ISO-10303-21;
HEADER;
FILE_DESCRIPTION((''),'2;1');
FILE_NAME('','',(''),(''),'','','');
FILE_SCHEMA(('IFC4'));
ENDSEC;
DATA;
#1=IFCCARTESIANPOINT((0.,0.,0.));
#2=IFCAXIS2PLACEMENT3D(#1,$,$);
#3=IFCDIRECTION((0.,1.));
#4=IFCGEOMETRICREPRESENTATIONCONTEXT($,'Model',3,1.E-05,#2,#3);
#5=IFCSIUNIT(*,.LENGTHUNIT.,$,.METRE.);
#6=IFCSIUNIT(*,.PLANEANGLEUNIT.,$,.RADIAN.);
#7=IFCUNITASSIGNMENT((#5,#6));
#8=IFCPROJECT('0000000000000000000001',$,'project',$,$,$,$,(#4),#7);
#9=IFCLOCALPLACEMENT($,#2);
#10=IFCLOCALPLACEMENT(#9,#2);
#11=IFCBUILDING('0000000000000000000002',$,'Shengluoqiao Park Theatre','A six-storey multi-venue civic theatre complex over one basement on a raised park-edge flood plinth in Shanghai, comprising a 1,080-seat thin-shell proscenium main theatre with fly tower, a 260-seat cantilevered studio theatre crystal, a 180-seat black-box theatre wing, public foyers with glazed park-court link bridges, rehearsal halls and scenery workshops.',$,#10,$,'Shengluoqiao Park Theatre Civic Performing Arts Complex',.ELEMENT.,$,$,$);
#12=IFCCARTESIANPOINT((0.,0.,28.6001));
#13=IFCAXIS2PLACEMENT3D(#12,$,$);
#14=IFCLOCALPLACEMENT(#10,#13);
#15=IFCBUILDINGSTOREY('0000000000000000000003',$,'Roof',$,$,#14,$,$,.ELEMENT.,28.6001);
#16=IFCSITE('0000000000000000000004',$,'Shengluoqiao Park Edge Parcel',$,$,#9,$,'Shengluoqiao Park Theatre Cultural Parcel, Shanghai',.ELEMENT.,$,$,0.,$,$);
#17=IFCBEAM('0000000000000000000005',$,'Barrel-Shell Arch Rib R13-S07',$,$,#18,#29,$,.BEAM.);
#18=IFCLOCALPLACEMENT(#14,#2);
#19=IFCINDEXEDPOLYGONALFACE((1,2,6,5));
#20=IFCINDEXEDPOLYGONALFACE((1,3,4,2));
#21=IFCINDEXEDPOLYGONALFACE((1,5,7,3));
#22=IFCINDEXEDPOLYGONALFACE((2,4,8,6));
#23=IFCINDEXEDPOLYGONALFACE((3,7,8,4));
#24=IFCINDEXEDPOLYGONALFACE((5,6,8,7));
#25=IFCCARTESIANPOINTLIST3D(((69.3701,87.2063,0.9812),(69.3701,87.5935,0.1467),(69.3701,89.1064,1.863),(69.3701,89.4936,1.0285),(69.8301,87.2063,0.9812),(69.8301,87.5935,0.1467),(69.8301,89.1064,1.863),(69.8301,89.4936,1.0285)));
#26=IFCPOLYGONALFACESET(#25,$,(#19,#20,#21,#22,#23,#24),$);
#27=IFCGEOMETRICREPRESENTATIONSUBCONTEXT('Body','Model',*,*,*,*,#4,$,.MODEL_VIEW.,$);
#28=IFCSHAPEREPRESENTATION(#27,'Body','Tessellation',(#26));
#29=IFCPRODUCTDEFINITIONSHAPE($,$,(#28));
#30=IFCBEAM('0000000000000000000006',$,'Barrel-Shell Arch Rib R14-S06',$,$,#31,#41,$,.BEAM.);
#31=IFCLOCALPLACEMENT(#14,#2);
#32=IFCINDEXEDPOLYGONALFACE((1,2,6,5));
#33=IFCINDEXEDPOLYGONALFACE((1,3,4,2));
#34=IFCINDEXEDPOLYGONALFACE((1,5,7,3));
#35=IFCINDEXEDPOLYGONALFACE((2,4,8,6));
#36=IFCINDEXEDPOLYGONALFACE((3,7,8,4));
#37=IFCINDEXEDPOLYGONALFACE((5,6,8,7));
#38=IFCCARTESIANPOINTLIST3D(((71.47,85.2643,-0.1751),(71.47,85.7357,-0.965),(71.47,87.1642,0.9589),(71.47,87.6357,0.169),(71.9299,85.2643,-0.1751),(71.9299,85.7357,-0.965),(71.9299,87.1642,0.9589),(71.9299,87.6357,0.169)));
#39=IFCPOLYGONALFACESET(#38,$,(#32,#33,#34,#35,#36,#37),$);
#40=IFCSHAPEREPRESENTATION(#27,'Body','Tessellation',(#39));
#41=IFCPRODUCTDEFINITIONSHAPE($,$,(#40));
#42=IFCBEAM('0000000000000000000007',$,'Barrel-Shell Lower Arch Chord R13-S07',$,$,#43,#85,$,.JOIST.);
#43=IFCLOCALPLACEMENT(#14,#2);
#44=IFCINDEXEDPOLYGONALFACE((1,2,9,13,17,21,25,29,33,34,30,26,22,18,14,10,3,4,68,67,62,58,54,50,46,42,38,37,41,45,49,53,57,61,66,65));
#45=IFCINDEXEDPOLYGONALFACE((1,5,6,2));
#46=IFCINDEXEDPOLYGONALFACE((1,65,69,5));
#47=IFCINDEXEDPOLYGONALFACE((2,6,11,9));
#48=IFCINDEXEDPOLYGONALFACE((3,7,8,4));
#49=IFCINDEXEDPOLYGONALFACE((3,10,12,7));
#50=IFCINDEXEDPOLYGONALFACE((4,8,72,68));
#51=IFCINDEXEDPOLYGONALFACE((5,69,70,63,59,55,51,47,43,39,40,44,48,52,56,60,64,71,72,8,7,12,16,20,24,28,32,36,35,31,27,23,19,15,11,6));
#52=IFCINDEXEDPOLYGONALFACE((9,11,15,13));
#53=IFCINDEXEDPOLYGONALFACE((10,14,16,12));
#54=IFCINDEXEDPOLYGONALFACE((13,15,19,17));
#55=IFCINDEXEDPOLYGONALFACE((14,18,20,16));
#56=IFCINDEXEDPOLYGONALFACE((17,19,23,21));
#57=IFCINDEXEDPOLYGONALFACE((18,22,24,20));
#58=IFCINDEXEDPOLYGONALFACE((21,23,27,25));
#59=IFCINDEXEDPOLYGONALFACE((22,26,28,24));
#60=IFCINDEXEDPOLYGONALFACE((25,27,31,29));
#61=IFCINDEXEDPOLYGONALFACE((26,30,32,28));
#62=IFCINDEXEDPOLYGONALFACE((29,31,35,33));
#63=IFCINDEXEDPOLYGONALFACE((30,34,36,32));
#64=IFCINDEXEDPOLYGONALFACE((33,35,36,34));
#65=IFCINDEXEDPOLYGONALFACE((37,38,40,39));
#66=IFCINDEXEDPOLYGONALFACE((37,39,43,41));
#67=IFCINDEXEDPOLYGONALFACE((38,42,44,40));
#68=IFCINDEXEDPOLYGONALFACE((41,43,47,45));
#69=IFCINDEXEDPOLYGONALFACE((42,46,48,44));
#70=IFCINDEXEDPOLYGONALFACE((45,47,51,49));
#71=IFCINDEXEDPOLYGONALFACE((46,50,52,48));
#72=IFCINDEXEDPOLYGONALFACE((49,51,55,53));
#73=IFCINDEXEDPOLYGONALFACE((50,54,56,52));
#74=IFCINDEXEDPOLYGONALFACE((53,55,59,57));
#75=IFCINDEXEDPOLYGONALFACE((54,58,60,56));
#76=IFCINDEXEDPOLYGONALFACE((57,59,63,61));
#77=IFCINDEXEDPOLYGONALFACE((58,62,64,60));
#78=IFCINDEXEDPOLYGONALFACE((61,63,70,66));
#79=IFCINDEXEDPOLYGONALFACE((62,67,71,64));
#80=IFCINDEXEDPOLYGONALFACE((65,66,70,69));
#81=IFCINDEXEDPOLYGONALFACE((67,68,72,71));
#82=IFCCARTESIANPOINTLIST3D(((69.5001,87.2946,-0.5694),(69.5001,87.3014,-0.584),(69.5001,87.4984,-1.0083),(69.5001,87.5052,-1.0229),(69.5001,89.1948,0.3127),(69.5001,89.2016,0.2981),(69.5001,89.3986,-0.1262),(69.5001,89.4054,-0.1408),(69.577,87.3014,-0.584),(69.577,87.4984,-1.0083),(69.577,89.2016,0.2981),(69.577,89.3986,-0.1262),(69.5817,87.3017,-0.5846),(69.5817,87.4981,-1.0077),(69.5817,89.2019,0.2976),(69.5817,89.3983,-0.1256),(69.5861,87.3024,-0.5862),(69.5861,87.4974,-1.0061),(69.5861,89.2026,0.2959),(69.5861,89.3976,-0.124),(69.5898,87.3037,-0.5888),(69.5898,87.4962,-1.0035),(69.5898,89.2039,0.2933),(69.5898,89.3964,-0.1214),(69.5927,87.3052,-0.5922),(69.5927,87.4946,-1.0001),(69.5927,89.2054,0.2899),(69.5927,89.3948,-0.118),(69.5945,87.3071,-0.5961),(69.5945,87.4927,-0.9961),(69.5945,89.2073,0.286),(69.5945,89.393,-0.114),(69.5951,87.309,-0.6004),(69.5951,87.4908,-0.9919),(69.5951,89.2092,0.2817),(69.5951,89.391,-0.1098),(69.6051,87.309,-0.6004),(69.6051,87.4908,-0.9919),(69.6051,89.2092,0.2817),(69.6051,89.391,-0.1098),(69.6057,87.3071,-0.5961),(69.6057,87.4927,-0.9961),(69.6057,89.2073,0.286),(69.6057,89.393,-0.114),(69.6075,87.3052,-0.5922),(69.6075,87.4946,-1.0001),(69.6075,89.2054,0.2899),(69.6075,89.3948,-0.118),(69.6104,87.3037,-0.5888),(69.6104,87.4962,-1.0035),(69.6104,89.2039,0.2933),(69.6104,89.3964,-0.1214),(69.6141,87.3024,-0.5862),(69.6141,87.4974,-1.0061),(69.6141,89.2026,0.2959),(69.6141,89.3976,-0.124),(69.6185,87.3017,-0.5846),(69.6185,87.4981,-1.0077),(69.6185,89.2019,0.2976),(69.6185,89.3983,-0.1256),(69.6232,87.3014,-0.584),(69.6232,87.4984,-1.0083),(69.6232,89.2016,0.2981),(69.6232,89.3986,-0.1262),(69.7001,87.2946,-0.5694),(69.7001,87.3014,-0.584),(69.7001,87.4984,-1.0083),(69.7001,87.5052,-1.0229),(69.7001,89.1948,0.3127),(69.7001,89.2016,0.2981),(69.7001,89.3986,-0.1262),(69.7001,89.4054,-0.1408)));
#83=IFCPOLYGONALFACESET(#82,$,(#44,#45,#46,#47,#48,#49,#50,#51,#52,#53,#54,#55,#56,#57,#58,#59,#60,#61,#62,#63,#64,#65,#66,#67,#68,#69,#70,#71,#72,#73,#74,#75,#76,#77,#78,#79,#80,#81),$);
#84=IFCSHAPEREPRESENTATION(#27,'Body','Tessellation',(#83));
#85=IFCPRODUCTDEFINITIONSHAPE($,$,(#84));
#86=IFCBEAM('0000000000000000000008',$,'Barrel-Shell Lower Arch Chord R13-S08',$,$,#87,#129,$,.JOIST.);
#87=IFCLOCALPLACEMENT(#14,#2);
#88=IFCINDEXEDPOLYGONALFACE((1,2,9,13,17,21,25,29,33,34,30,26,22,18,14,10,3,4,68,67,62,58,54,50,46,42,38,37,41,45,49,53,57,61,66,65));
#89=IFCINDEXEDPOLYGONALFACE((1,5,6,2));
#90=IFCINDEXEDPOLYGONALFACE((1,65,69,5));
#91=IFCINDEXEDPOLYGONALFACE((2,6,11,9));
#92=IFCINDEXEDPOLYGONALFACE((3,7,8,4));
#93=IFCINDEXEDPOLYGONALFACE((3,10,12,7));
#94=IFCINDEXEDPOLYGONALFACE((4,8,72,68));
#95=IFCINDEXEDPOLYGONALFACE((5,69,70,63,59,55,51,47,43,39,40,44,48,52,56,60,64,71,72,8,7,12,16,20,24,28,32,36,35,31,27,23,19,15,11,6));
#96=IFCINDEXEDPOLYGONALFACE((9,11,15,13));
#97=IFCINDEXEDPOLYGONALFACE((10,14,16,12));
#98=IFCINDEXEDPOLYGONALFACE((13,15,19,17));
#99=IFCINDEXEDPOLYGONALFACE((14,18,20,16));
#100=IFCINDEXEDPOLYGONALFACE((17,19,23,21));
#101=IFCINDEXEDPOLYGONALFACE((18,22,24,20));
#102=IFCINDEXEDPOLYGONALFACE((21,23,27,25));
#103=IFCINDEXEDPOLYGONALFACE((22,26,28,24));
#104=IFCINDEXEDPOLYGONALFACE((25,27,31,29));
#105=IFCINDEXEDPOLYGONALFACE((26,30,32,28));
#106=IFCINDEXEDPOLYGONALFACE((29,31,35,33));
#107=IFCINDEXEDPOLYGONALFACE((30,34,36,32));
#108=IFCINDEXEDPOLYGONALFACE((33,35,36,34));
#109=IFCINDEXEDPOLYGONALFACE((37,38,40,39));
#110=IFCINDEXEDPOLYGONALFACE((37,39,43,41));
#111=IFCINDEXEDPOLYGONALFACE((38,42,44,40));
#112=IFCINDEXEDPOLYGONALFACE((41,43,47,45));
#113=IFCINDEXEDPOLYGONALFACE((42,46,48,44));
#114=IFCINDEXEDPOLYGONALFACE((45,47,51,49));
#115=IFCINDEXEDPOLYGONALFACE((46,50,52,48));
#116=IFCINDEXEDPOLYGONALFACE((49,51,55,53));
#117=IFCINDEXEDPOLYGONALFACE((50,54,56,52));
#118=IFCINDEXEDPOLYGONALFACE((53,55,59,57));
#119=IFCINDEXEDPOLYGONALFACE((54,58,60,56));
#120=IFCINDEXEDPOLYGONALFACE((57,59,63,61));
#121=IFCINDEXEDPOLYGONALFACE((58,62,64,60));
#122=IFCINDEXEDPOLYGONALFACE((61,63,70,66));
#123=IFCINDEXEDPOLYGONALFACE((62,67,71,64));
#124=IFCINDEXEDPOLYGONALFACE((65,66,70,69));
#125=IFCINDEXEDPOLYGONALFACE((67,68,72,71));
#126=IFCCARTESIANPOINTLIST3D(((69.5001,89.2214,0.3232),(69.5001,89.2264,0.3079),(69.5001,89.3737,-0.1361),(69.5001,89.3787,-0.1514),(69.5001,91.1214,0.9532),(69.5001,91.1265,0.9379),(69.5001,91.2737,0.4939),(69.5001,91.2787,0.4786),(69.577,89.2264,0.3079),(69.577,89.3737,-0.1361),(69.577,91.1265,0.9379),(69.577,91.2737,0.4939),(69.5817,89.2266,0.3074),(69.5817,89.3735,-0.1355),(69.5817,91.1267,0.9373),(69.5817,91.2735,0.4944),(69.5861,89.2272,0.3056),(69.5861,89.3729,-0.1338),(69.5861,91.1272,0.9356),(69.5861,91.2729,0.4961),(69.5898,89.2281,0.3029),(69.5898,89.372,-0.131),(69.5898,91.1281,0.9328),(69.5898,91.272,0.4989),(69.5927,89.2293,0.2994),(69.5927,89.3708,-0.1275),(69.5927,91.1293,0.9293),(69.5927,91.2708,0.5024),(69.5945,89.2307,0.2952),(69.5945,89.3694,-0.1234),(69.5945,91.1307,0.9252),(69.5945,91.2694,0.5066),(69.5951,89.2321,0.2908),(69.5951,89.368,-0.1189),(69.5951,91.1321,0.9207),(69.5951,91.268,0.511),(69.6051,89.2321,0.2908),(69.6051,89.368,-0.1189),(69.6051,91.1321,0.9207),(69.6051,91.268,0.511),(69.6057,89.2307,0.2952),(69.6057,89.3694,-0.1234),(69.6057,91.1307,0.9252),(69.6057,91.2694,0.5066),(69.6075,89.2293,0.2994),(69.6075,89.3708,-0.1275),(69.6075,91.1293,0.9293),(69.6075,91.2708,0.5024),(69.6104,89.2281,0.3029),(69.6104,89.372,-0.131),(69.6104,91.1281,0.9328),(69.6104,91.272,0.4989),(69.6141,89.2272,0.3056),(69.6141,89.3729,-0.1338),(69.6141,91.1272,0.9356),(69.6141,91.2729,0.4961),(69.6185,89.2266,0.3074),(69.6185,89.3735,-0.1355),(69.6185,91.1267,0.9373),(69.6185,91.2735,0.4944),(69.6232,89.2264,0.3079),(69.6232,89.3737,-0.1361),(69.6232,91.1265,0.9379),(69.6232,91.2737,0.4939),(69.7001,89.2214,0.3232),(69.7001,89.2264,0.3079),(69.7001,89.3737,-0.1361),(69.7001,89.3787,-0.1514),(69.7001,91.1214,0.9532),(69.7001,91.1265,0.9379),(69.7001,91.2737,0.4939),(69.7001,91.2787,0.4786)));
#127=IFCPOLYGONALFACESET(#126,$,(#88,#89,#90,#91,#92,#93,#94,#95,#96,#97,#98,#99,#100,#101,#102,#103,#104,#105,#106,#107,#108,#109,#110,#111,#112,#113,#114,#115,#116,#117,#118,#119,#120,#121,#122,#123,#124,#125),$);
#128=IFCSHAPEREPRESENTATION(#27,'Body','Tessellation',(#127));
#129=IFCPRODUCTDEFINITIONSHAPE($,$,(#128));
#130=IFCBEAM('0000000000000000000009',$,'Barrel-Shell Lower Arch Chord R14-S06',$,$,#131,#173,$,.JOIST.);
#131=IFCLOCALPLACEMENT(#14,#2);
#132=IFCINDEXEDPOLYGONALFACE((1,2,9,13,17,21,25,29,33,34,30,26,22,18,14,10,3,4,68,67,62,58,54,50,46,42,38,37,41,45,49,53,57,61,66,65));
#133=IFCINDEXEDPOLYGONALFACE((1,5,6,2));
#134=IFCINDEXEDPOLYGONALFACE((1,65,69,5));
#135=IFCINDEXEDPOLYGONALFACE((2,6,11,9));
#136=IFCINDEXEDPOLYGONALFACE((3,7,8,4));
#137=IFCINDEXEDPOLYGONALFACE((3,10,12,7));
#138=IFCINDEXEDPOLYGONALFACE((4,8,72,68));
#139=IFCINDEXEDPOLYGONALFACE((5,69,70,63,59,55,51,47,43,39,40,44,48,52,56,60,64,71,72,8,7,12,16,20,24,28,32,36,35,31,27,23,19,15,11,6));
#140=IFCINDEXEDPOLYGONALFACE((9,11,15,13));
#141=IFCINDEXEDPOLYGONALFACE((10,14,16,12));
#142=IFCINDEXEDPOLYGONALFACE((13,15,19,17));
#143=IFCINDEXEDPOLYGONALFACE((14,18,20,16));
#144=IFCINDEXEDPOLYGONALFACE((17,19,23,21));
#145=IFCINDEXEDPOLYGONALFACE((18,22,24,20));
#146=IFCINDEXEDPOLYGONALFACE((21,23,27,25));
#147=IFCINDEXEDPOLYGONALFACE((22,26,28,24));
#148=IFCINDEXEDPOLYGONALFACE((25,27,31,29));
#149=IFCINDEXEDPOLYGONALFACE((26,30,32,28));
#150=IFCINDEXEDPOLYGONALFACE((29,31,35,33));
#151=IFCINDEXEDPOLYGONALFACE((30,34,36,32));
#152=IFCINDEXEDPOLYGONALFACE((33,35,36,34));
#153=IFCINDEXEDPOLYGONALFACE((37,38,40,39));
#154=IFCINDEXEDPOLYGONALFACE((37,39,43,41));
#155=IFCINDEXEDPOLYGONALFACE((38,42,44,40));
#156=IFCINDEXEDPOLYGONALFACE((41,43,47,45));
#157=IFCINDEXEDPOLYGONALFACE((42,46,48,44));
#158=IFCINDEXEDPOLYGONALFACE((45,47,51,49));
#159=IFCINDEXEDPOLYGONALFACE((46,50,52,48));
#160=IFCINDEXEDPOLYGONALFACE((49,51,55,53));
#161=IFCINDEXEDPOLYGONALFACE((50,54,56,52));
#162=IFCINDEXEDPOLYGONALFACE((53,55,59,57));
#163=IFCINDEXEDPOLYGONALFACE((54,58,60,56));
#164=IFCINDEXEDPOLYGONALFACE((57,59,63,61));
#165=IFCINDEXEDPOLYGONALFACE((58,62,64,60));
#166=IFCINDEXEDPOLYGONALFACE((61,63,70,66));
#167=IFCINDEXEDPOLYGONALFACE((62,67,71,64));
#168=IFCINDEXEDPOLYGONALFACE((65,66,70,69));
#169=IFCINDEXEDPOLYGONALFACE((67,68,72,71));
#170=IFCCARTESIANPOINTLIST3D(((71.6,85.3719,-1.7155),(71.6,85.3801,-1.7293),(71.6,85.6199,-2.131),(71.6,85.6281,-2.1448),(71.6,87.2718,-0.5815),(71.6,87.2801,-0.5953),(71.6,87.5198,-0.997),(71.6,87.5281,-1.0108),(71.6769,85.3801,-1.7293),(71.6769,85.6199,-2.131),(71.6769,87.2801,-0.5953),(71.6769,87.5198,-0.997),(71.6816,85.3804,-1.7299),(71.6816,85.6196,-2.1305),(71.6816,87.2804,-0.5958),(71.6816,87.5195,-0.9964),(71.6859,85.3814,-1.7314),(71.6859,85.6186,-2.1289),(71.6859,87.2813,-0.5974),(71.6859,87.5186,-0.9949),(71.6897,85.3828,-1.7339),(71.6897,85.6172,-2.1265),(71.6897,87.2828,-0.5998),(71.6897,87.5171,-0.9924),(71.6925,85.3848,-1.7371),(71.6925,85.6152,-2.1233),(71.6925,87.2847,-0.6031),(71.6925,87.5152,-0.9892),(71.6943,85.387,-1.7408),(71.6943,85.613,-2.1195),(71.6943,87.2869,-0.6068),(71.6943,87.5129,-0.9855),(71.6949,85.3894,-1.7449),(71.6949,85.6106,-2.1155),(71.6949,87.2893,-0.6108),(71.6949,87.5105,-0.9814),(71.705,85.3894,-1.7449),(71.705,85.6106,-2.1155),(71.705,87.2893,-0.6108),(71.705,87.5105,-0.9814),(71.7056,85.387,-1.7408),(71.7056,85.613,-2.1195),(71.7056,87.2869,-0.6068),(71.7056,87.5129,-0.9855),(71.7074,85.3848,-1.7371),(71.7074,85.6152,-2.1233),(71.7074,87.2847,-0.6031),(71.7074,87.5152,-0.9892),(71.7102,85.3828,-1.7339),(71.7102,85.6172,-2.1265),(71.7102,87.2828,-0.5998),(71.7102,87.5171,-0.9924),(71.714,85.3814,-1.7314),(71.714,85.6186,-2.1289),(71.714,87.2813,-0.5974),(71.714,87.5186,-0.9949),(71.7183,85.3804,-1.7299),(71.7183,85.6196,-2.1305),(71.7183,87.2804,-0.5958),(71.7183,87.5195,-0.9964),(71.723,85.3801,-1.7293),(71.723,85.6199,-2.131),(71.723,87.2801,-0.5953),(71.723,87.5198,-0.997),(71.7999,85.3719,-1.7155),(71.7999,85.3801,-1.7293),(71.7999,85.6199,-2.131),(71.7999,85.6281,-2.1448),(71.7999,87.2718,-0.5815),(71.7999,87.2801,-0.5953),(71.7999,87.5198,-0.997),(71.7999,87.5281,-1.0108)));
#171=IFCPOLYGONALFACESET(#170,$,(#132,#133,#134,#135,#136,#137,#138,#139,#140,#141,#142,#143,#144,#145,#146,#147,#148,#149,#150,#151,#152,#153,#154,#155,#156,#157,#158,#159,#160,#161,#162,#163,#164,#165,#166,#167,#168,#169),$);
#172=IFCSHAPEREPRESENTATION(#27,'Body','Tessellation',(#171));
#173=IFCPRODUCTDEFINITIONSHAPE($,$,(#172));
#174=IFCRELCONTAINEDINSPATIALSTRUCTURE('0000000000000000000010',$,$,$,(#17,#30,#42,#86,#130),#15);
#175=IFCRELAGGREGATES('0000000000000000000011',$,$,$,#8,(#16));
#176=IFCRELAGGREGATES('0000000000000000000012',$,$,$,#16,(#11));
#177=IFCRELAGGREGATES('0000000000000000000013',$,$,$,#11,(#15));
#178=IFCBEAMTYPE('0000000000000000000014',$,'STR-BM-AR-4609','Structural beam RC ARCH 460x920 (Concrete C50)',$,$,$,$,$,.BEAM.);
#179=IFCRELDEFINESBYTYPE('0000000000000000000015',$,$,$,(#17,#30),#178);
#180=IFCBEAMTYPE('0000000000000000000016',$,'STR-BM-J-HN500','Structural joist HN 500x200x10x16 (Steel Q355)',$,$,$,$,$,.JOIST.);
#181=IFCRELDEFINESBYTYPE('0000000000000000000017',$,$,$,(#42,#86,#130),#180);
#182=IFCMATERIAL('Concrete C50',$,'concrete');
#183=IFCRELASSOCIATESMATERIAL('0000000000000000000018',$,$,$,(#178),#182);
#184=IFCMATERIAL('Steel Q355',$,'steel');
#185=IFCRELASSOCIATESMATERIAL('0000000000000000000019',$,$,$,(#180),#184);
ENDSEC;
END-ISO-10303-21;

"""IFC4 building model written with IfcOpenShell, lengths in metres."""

from ifc_helpers import new_model, si_unit, direction, frame, origin, origin_2d, place, context, subcontext, project, spatial, rectangle, i_section, extrude, material, material_profile, profile_set, type_object, element, save


model = new_model("IFC4")

# Units and contexts
model_context = context("Model", 3, precision=1e-05, world=origin(), true_north=direction((0.0, 1.0)))
body_context = subcontext(model_context, "Body", "Model", "MODEL_VIEW")
ifc_project = project(units=[si_unit("LENGTHUNIT", "METRE"), si_unit("PLANEANGLEUNIT", "RADIAN")], contexts=[model_context])

# Site, building, storey
site_placement = place(None, origin())
site = spatial("IfcSite", under=ifc_project, at=site_placement, Name="Shengluoqiao Park Edge Parcel", LongName="Shengluoqiao Park Theatre Cultural Parcel, Shanghai", CompositionType="ELEMENT", RefElevation=0.0)
building_placement = place(site_placement, origin())
building = spatial("IfcBuilding", under=site, at=building_placement, Name="Shengluoqiao Park Theatre", Description="A six-storey multi-venue civic theatre complex over one basement on a raised park-edge flood plinth in Shanghai, comprising a 1,080-seat thin-shell proscenium main theatre with fly tower, a 260-seat cantilevered studio theatre crystal, a 180-seat black-box theatre wing, public foyers with glazed park-court link bridges, rehearsal halls and scenery workshops.", LongName="Shengluoqiao Park Theatre Civic Performing Arts Complex", CompositionType="ELEMENT")
storey_placement = place(building_placement, frame((0.0, 0.0, 28.6001)))
storey = spatial("IfcBuildingStorey", under=building, at=storey_placement, Name="Roof", CompositionType="ELEMENT", Elevation=28.6001)

# Beams
ifc_material_1 = material(Name="Concrete C50", Category="concrete")
ifc_material_profile_1 = material_profile(ifc_material_1, rectangle(XDim=0.46, YDim=0.9199, at=origin_2d()), Name="RC ARCH 460x920")
ifc_profile_set_1 = profile_set([ifc_material_profile_1], Name="Concrete C50")
beam_type_1 = type_object("IfcBeamType", Name="STR-BM-AR-4609", Description="Structural beam RC ARCH 460x920 (Concrete C50)", PredefinedType="BEAM", material=ifc_profile_set_1)
beam_1_placement = place(storey_placement, frame((69.6001, 87.3999, 0.564), z_axis=(0.0, 0.907077, 0.420964), x_axis=(-1.0, 0.0, 0.0)))
element("IfcBeam", 1, at=beam_1_placement, inside=storey, type_object=beam_type_1, Name="Barrel-Shell Arch Rib R13-S07", PredefinedType="BEAM", context=body_context, shape_type="SweptSolid", body=[
    extrude(rectangle(XDim=0.46, YDim=0.9199, at=origin_2d()), origin(), (0.0, 0.0, 1.0), 2.0947),
])
beam_2_placement = place(storey_placement, frame((71.7, 85.5, -0.5701), z_axis=(0.0, 0.858669, 0.512531), x_axis=(-1.0, 0.0, 0.0)))
element("IfcBeam", 2, at=beam_2_placement, inside=storey, type_object=beam_type_1, Name="Barrel-Shell Arch Rib R14-S06", PredefinedType="BEAM", context=body_context, shape_type="SweptSolid", body=[
    extrude(rectangle(XDim=0.46, YDim=0.9199, at=origin_2d()), origin(), (0.0, 0.0, 1.0), 2.2126),
])
ifc_material_2 = material(Name="Steel Q355", Category="steel")
ifc_material_profile_2 = material_profile(ifc_material_2, i_section(OverallWidth=0.2, OverallDepth=0.5, WebThickness=0.01, FlangeThickness=0.0161, FilletRadius=0.0181, at=origin_2d()), Name="HN 500x200x10x16")
ifc_profile_set_2 = profile_set([ifc_material_profile_2], Name="Steel Q355")
beam_type_2 = type_object("IfcBeamType", Name="STR-BM-J-HN500", Description="Structural joist HN 500x200x10x16 (Steel Q355)", PredefinedType="JOIST", material=ifc_profile_set_2)
beam_3_placement = place(storey_placement, frame((69.6001, 87.3999, -0.7961), z_axis=(0.0, 0.907033, 0.42106), x_axis=(-1.0, 0.0, 0.0)))
element("IfcBeam", 3, at=beam_3_placement, inside=storey, type_object=beam_type_2, Name="Barrel-Shell Lower Arch Chord R13-S07", PredefinedType="JOIST", context=body_context, shape_type="SweptSolid", body=[
    extrude(i_section(OverallWidth=0.2, OverallDepth=0.5, WebThickness=0.01, FlangeThickness=0.0161, FilletRadius=0.0181, at=origin_2d()), origin(), (0.0, 0.0, 1.0), 2.095),
])
beam_4_placement = place(storey_placement, frame((69.6001, 89.3, 0.0859), z_axis=(0.0, 0.949194, 0.31469), x_axis=(-1.0, 0.0, 0.0)))
element("IfcBeam", 4, at=beam_4_placement, inside=storey, type_object=beam_type_2, Name="Barrel-Shell Lower Arch Chord R13-S08", PredefinedType="JOIST", context=body_context, shape_type="SweptSolid", body=[
    extrude(i_section(OverallWidth=0.2, OverallDepth=0.5, WebThickness=0.01, FlangeThickness=0.0161, FilletRadius=0.0181, at=origin_2d()), origin(), (0.0, 0.0, 1.0), 2.0017),
])
beam_5_placement = place(storey_placement, frame((71.7, 85.5, -1.9302), z_axis=(0.0, 0.858669, 0.512531), x_axis=(-1.0, 0.0, 0.0)))
element("IfcBeam", 5, at=beam_5_placement, inside=storey, type_object=beam_type_2, Name="Barrel-Shell Lower Arch Chord R14-S06", PredefinedType="JOIST", context=body_context, shape_type="SweptSolid", body=[
    extrude(i_section(OverallWidth=0.2, OverallDepth=0.5, WebThickness=0.01, FlangeThickness=0.0161, FilletRadius=0.0181, at=origin_2d()), origin(), (0.0, 0.0, 1.0), 2.2126),
])

save(model, "model.ifc")
